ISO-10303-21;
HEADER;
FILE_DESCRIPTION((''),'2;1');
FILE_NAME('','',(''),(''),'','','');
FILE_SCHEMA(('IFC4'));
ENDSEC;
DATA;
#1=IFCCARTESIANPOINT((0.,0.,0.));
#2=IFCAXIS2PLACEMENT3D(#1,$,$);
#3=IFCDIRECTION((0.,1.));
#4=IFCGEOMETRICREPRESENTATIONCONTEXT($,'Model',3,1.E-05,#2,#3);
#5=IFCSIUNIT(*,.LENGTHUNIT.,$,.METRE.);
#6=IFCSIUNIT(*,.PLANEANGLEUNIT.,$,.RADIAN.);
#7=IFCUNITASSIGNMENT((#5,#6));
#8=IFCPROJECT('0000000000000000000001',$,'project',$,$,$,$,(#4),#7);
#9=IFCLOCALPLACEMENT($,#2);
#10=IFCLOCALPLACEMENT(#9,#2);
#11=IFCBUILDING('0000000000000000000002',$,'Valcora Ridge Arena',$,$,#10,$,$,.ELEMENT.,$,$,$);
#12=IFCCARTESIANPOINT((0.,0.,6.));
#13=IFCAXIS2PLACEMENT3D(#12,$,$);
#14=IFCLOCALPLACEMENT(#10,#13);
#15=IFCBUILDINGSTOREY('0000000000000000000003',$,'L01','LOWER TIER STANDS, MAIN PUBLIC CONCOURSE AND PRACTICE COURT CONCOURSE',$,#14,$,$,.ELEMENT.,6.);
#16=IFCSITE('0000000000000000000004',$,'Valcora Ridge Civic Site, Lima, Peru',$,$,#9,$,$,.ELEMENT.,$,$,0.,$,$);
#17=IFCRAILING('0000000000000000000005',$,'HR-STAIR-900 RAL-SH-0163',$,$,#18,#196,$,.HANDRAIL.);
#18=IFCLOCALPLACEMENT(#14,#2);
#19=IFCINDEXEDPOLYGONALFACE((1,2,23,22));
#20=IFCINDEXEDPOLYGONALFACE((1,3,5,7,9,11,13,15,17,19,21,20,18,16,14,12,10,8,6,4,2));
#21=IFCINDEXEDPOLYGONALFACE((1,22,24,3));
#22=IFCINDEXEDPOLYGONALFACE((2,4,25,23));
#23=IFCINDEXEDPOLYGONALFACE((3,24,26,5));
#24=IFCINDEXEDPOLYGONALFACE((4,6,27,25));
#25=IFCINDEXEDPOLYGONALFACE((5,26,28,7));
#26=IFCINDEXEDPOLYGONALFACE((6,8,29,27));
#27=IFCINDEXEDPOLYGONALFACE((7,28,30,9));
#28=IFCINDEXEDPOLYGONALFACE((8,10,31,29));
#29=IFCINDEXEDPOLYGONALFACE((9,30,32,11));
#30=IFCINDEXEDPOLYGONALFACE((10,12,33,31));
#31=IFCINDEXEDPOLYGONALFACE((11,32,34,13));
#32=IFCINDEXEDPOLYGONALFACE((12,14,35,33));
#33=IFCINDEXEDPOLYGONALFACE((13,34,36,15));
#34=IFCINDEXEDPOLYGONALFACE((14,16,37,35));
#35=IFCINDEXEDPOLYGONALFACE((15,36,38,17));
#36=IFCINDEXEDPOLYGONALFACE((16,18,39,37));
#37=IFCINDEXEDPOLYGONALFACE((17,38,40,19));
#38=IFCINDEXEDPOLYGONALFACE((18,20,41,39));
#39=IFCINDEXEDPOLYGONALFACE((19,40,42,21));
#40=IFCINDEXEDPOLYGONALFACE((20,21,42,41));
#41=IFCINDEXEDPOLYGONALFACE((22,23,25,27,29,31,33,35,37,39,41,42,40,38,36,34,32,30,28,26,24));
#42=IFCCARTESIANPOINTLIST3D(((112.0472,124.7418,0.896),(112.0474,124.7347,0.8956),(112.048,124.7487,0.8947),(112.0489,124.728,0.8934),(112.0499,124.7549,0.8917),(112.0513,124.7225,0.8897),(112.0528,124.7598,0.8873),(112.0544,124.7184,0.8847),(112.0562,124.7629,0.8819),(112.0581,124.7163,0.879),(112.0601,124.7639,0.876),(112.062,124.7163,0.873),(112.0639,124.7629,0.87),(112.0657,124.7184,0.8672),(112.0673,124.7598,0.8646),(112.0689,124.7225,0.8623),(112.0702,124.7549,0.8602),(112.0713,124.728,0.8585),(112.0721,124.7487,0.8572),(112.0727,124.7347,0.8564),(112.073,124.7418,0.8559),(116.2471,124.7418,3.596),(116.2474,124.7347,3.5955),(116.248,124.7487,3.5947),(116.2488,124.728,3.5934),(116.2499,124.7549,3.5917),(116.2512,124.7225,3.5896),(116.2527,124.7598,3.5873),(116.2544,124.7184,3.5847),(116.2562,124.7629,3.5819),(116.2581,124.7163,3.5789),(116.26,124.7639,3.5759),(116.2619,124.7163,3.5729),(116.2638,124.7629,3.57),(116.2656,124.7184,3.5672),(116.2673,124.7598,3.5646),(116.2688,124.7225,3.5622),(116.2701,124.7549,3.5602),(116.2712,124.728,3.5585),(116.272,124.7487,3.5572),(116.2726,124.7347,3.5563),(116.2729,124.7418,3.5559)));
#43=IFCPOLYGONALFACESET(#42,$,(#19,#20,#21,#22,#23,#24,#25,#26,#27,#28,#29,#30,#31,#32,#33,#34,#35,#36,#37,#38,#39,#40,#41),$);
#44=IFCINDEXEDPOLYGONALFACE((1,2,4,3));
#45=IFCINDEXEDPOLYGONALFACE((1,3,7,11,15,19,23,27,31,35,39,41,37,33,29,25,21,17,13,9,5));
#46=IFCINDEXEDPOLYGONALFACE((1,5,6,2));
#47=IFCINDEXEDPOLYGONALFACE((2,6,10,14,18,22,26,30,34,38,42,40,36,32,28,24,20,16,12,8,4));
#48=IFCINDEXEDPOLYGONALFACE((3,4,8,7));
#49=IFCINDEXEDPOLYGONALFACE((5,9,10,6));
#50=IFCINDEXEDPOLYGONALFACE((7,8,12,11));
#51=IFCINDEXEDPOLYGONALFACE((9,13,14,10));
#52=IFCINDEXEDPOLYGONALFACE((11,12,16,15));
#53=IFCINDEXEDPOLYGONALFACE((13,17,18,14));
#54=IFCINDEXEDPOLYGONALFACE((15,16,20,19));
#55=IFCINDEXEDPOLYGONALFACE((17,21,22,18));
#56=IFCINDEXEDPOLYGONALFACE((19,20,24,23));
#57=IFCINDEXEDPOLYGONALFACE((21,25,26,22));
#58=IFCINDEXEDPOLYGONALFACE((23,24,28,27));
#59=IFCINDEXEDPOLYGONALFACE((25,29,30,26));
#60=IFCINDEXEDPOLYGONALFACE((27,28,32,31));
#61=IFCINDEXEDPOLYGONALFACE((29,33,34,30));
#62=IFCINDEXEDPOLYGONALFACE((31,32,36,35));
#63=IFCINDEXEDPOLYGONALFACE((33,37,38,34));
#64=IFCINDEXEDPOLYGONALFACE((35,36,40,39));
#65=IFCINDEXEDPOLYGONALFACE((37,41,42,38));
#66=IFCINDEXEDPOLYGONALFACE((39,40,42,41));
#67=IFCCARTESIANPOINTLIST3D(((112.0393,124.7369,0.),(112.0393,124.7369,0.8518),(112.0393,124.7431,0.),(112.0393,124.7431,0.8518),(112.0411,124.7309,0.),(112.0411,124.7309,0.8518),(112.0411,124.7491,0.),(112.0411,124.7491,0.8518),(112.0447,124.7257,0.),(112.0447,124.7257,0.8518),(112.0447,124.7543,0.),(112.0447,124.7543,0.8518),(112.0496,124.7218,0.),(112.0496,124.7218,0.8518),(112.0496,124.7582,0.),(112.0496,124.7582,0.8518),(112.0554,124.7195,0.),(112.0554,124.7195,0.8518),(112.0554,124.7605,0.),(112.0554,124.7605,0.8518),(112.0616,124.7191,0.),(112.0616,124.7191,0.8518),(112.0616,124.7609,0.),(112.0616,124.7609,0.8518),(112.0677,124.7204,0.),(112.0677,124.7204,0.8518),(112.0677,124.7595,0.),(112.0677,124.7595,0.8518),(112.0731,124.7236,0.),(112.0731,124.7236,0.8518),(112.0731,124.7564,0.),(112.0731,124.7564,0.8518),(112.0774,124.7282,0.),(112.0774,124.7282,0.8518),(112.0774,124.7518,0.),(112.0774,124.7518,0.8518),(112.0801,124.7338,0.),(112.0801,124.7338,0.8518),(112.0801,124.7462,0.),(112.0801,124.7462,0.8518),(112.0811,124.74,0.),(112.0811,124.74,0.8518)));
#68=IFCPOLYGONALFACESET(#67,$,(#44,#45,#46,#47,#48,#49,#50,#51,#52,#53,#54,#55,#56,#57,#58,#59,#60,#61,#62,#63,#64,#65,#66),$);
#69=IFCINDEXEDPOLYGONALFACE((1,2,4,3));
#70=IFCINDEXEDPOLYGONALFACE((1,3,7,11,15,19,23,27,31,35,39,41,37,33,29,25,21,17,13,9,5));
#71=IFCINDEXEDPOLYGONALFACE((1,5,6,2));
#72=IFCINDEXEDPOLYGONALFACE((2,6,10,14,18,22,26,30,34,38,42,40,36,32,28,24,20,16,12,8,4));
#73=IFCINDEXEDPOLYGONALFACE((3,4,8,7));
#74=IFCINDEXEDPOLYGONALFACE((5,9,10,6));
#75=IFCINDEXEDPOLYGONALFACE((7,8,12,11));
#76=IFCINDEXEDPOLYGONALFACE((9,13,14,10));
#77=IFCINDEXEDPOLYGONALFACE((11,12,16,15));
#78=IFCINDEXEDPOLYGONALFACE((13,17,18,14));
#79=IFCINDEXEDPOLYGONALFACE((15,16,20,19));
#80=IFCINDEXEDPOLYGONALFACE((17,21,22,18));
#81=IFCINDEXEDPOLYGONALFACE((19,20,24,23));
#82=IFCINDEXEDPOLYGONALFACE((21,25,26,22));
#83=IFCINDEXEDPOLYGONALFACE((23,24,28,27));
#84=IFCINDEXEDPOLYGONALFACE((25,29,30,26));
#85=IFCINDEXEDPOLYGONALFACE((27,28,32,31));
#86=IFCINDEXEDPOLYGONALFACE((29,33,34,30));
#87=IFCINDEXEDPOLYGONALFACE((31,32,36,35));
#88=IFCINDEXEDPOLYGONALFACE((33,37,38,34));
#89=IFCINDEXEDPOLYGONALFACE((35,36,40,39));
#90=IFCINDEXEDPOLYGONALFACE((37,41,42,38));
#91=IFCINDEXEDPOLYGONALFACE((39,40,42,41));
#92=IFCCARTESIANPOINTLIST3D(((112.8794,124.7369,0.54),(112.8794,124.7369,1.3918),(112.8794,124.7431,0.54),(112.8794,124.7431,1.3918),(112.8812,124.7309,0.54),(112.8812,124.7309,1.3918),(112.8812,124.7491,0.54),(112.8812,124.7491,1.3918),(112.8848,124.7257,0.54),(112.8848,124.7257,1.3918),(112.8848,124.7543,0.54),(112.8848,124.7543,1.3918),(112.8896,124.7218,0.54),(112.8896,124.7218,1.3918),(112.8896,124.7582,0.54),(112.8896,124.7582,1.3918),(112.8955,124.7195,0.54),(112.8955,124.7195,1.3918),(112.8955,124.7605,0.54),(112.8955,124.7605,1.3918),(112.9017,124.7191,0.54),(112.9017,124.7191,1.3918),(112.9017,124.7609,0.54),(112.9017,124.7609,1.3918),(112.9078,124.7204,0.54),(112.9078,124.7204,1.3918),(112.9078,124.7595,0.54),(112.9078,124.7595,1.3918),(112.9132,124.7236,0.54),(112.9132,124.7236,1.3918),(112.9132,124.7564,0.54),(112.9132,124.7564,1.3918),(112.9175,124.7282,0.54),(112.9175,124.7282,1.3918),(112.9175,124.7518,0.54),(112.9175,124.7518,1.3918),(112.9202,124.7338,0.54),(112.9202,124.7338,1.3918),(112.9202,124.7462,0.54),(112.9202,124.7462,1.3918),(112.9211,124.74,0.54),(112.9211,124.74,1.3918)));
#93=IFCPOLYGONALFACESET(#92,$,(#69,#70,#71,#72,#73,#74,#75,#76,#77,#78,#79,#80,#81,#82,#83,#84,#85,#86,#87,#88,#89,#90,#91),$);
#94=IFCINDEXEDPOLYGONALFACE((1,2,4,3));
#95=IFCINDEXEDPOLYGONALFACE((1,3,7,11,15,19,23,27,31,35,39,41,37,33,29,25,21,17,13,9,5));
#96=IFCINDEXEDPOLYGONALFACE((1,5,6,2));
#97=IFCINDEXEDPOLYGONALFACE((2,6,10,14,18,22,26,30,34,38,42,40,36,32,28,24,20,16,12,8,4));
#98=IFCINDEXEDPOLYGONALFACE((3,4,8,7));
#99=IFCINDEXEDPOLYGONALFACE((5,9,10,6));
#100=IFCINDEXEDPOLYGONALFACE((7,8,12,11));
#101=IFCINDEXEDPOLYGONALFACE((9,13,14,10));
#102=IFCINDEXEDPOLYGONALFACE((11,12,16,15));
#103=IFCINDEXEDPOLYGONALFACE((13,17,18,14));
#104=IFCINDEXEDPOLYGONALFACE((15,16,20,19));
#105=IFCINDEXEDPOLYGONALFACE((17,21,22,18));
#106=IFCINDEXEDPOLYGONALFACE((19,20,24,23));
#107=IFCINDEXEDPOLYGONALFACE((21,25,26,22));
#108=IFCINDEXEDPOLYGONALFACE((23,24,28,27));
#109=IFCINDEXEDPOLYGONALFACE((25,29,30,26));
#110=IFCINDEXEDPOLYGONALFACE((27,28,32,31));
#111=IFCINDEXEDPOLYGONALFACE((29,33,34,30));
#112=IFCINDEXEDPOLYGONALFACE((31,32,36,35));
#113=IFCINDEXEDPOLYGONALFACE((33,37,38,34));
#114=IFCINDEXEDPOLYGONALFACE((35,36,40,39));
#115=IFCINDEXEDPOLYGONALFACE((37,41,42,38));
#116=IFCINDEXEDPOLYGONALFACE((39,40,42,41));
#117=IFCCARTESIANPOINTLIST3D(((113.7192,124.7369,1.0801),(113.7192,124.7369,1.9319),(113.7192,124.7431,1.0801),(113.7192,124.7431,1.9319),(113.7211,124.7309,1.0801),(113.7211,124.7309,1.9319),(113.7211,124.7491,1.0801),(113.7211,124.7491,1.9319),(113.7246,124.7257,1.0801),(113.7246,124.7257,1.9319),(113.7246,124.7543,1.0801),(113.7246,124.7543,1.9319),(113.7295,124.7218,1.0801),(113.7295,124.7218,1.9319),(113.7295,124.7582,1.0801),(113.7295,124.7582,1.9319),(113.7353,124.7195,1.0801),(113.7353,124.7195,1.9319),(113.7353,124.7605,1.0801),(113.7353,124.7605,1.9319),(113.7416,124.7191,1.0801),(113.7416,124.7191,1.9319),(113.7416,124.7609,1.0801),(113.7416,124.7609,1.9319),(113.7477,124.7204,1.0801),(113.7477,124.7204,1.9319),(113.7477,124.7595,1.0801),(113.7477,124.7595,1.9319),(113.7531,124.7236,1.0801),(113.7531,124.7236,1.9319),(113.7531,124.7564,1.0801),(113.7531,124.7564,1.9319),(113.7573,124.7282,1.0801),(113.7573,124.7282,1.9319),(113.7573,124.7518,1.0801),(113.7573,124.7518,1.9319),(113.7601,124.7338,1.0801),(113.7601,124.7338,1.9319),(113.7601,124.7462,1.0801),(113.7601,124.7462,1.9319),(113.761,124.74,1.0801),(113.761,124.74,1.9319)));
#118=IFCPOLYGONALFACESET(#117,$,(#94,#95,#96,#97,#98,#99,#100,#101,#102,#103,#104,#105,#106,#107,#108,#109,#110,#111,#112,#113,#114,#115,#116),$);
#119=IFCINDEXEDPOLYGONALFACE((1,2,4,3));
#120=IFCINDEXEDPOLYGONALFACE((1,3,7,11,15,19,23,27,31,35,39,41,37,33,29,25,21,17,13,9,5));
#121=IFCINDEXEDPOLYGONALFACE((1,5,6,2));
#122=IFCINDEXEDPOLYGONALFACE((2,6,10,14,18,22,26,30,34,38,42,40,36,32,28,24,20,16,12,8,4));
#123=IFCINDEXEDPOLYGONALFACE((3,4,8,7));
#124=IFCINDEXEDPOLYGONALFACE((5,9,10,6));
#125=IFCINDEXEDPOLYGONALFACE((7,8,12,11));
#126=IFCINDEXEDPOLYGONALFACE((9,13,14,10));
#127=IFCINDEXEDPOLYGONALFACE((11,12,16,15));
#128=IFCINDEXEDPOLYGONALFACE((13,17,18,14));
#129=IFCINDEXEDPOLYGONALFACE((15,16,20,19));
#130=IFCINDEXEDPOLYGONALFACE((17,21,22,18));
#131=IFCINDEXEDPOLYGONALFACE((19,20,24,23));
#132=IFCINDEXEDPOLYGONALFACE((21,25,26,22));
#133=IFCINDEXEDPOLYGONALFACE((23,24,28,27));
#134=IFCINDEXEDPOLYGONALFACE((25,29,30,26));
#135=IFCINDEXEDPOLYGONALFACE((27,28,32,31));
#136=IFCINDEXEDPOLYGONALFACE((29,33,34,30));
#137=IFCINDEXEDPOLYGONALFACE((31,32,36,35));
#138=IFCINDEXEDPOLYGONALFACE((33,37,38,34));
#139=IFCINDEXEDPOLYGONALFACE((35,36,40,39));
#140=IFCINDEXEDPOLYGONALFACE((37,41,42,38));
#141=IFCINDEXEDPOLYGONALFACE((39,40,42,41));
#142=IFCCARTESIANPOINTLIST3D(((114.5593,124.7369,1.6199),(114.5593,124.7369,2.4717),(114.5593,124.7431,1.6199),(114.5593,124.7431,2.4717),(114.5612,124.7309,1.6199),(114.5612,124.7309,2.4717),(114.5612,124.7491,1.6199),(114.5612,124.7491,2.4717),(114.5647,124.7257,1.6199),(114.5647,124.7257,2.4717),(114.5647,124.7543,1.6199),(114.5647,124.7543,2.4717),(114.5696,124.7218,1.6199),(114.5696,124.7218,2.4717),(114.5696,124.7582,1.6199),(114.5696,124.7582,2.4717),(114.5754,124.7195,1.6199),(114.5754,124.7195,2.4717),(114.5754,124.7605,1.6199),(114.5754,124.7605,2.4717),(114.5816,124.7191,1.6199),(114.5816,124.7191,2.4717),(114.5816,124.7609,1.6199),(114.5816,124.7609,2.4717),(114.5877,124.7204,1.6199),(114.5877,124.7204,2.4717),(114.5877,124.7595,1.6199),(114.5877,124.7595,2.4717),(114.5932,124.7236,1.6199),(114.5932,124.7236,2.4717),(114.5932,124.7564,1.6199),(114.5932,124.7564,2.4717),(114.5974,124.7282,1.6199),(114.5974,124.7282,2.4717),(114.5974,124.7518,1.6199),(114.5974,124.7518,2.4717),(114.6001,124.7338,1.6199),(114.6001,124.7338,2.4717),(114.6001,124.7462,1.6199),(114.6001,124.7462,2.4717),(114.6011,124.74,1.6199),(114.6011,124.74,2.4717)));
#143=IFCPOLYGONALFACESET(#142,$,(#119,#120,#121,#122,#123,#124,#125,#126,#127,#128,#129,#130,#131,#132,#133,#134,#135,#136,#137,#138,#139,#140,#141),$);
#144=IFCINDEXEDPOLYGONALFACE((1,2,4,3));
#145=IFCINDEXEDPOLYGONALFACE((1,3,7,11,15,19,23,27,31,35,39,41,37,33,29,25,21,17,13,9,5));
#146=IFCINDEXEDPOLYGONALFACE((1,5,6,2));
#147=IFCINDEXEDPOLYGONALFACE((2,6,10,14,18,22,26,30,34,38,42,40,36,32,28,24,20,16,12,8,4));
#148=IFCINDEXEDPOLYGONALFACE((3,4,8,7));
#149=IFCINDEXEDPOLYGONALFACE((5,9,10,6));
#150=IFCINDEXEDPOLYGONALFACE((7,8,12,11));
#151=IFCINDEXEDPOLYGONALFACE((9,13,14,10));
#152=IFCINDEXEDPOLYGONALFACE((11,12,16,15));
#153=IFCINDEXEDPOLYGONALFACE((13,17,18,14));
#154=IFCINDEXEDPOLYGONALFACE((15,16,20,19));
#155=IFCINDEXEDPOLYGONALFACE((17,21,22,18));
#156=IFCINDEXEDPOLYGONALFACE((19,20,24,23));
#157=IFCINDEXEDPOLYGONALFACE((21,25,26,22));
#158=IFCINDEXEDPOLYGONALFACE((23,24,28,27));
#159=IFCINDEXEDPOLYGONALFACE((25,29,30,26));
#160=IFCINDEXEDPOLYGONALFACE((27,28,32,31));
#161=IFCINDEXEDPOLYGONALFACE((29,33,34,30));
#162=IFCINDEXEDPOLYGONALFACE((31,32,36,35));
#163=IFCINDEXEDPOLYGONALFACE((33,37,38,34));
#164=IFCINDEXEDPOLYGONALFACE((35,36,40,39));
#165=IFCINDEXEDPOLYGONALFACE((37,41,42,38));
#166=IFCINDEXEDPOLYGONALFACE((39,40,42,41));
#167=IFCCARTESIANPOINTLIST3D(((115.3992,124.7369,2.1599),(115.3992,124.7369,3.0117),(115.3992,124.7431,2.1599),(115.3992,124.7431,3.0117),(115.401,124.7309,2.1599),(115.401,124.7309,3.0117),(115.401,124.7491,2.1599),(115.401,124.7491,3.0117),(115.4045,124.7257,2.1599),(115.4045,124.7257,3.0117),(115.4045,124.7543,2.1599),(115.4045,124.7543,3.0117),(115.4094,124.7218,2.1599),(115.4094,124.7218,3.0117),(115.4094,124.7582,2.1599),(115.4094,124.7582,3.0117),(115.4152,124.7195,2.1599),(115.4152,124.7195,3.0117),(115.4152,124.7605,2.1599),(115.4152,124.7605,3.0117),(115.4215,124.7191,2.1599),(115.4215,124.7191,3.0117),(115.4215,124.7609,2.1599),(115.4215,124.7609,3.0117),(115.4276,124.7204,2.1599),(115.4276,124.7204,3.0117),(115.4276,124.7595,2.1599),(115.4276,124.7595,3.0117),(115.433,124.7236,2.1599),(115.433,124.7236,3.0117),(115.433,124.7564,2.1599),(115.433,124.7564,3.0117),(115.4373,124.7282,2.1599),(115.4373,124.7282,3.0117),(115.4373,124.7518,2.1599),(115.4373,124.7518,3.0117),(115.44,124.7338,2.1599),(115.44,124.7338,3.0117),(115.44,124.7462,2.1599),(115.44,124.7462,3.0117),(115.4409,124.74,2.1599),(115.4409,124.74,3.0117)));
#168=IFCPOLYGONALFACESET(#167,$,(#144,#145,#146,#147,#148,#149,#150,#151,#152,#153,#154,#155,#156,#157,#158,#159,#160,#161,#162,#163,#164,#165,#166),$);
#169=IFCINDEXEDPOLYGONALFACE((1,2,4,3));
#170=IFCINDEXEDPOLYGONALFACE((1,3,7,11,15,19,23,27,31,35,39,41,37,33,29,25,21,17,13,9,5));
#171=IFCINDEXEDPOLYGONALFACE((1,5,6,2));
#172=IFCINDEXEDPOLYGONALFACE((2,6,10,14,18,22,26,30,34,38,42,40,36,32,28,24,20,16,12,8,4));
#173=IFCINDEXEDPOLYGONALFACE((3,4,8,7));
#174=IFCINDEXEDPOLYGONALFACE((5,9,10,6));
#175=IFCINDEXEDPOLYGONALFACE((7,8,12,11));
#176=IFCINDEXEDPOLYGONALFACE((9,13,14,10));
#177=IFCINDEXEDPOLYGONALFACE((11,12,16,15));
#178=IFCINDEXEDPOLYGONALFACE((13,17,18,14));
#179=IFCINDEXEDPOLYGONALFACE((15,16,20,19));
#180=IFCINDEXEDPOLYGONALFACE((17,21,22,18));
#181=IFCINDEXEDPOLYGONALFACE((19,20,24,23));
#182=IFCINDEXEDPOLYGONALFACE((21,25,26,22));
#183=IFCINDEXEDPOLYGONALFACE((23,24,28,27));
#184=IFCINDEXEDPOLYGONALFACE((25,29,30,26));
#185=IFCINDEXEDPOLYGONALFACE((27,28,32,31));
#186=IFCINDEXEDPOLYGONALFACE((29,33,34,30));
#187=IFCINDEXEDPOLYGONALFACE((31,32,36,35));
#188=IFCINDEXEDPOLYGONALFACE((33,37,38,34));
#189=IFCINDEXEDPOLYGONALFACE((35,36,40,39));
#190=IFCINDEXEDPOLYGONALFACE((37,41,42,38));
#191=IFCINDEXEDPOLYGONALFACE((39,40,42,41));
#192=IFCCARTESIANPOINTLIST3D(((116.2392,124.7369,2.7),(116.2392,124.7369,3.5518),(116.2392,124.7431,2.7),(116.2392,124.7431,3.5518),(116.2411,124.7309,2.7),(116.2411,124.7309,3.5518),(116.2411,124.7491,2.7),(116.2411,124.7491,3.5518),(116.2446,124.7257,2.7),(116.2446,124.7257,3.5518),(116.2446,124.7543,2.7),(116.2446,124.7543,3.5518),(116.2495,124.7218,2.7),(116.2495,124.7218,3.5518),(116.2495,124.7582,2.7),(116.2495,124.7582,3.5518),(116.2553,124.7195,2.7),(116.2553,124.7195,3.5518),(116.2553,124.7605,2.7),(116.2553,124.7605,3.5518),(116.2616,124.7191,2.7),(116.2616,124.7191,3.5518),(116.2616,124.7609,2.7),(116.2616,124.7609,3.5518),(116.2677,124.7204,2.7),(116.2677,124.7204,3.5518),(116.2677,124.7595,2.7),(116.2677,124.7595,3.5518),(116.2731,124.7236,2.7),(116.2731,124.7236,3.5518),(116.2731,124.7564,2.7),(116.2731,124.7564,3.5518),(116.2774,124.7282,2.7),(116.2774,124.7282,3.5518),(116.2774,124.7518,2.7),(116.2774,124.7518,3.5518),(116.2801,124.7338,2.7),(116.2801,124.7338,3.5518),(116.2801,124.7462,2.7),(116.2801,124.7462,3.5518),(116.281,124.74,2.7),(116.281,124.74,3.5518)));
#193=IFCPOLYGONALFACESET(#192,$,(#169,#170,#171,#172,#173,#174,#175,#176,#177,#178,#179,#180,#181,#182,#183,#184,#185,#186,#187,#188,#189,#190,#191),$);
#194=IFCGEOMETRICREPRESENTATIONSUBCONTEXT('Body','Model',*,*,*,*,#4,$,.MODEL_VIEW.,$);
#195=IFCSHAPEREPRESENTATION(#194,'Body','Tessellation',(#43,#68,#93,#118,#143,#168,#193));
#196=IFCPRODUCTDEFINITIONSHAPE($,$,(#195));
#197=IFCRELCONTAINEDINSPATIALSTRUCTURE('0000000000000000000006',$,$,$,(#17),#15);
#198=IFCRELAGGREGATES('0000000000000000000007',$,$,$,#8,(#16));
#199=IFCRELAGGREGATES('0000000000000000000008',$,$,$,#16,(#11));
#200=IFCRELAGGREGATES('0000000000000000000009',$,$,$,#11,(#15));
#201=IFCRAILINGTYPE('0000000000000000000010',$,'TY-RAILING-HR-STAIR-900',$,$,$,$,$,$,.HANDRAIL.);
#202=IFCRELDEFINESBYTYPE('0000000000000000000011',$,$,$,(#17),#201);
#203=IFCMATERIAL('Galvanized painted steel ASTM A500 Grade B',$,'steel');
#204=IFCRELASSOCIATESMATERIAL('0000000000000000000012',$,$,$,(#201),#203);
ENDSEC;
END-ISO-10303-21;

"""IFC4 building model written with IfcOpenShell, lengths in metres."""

from ifc_helpers import new_model, si_unit, direction, frame, origin, origin_2d, place, context, subcontext, project, spatial, circle, extrude, material, type_object, element, save


model = new_model("IFC4")

# Units and contexts
model_context = context("Model", 3, precision=1e-05, world=origin(), true_north=direction((0.0, 1.0)))
body_context = subcontext(model_context, "Body", "Model", "MODEL_VIEW")
ifc_project = project(units=[si_unit("LENGTHUNIT", "METRE"), si_unit("PLANEANGLEUNIT", "RADIAN")], contexts=[model_context])

# Site, building, storey
site_placement = place(None, origin())
site = spatial("IfcSite", under=ifc_project, at=site_placement, Name="Valcora Ridge Civic Site, Lima, Peru", CompositionType="ELEMENT", RefElevation=0.0)
building_placement = place(site_placement, origin())
building = spatial("IfcBuilding", under=site, at=building_placement, Name="Valcora Ridge Arena", CompositionType="ELEMENT")
storey_placement = place(building_placement, frame((0.0, 0.0, 6.0)))
storey = spatial("IfcBuildingStorey", under=building, at=storey_placement, Name="L01", Description="LOWER TIER STANDS, MAIN PUBLIC CONCOURSE AND PRACTICE COURT CONCOURSE", CompositionType="ELEMENT", Elevation=6.0)

# Railing
ifc_material_1 = material(Name="Galvanized painted steel ASTM A500 Grade B", Category="steel")
railing_type_1 = type_object("IfcRailingType", Name="TY-RAILING-HR-STAIR-900", PredefinedType="HANDRAIL", material=ifc_material_1)
railing_1_placement = place(storey_placement, frame((112.0601, 124.74, 0.0)))
element("IfcRailing", 1, at=railing_1_placement, inside=storey, type_object=railing_type_1, Name="HR-STAIR-900 RAL-SH-0163", PredefinedType="HANDRAIL", context=body_context, shape_type="SweptSolid", body=[
    extrude(circle(Radius=0.0239, at=origin_2d()), frame((0.0, 0.0, 0.876), z_axis=(0.84118, 0.0, 0.540755), x_axis=(0.0, 1.0, 0.0)), (0.0, 0.0, 1.0), 4.9929),
    extrude(circle(Radius=0.021, at=origin_2d()), origin(), (0.0, 0.0, 1.0), 0.8518),
    extrude(circle(Radius=0.021, at=origin_2d()), frame((0.8401, 0.0, 0.54)), (0.0, 0.0, 1.0), 0.8518),
    extrude(circle(Radius=0.021, at=origin_2d()), frame((1.6799, 0.0, 1.0801)), (0.0, 0.0, 1.0), 0.8518),
    extrude(circle(Radius=0.021, at=origin_2d()), frame((2.52, 0.0, 1.6199)), (0.0, 0.0, 1.0), 0.8518),
    extrude(circle(Radius=0.021, at=origin_2d()), frame((3.3599, 0.0, 2.1599)), (0.0, 0.0, 1.0), 0.8518),
    extrude(circle(Radius=0.021, at=origin_2d()), frame((4.2, 0.0, 2.7)), (0.0, 0.0, 1.0), 0.8518),
])

save(model, "model.ifc")
